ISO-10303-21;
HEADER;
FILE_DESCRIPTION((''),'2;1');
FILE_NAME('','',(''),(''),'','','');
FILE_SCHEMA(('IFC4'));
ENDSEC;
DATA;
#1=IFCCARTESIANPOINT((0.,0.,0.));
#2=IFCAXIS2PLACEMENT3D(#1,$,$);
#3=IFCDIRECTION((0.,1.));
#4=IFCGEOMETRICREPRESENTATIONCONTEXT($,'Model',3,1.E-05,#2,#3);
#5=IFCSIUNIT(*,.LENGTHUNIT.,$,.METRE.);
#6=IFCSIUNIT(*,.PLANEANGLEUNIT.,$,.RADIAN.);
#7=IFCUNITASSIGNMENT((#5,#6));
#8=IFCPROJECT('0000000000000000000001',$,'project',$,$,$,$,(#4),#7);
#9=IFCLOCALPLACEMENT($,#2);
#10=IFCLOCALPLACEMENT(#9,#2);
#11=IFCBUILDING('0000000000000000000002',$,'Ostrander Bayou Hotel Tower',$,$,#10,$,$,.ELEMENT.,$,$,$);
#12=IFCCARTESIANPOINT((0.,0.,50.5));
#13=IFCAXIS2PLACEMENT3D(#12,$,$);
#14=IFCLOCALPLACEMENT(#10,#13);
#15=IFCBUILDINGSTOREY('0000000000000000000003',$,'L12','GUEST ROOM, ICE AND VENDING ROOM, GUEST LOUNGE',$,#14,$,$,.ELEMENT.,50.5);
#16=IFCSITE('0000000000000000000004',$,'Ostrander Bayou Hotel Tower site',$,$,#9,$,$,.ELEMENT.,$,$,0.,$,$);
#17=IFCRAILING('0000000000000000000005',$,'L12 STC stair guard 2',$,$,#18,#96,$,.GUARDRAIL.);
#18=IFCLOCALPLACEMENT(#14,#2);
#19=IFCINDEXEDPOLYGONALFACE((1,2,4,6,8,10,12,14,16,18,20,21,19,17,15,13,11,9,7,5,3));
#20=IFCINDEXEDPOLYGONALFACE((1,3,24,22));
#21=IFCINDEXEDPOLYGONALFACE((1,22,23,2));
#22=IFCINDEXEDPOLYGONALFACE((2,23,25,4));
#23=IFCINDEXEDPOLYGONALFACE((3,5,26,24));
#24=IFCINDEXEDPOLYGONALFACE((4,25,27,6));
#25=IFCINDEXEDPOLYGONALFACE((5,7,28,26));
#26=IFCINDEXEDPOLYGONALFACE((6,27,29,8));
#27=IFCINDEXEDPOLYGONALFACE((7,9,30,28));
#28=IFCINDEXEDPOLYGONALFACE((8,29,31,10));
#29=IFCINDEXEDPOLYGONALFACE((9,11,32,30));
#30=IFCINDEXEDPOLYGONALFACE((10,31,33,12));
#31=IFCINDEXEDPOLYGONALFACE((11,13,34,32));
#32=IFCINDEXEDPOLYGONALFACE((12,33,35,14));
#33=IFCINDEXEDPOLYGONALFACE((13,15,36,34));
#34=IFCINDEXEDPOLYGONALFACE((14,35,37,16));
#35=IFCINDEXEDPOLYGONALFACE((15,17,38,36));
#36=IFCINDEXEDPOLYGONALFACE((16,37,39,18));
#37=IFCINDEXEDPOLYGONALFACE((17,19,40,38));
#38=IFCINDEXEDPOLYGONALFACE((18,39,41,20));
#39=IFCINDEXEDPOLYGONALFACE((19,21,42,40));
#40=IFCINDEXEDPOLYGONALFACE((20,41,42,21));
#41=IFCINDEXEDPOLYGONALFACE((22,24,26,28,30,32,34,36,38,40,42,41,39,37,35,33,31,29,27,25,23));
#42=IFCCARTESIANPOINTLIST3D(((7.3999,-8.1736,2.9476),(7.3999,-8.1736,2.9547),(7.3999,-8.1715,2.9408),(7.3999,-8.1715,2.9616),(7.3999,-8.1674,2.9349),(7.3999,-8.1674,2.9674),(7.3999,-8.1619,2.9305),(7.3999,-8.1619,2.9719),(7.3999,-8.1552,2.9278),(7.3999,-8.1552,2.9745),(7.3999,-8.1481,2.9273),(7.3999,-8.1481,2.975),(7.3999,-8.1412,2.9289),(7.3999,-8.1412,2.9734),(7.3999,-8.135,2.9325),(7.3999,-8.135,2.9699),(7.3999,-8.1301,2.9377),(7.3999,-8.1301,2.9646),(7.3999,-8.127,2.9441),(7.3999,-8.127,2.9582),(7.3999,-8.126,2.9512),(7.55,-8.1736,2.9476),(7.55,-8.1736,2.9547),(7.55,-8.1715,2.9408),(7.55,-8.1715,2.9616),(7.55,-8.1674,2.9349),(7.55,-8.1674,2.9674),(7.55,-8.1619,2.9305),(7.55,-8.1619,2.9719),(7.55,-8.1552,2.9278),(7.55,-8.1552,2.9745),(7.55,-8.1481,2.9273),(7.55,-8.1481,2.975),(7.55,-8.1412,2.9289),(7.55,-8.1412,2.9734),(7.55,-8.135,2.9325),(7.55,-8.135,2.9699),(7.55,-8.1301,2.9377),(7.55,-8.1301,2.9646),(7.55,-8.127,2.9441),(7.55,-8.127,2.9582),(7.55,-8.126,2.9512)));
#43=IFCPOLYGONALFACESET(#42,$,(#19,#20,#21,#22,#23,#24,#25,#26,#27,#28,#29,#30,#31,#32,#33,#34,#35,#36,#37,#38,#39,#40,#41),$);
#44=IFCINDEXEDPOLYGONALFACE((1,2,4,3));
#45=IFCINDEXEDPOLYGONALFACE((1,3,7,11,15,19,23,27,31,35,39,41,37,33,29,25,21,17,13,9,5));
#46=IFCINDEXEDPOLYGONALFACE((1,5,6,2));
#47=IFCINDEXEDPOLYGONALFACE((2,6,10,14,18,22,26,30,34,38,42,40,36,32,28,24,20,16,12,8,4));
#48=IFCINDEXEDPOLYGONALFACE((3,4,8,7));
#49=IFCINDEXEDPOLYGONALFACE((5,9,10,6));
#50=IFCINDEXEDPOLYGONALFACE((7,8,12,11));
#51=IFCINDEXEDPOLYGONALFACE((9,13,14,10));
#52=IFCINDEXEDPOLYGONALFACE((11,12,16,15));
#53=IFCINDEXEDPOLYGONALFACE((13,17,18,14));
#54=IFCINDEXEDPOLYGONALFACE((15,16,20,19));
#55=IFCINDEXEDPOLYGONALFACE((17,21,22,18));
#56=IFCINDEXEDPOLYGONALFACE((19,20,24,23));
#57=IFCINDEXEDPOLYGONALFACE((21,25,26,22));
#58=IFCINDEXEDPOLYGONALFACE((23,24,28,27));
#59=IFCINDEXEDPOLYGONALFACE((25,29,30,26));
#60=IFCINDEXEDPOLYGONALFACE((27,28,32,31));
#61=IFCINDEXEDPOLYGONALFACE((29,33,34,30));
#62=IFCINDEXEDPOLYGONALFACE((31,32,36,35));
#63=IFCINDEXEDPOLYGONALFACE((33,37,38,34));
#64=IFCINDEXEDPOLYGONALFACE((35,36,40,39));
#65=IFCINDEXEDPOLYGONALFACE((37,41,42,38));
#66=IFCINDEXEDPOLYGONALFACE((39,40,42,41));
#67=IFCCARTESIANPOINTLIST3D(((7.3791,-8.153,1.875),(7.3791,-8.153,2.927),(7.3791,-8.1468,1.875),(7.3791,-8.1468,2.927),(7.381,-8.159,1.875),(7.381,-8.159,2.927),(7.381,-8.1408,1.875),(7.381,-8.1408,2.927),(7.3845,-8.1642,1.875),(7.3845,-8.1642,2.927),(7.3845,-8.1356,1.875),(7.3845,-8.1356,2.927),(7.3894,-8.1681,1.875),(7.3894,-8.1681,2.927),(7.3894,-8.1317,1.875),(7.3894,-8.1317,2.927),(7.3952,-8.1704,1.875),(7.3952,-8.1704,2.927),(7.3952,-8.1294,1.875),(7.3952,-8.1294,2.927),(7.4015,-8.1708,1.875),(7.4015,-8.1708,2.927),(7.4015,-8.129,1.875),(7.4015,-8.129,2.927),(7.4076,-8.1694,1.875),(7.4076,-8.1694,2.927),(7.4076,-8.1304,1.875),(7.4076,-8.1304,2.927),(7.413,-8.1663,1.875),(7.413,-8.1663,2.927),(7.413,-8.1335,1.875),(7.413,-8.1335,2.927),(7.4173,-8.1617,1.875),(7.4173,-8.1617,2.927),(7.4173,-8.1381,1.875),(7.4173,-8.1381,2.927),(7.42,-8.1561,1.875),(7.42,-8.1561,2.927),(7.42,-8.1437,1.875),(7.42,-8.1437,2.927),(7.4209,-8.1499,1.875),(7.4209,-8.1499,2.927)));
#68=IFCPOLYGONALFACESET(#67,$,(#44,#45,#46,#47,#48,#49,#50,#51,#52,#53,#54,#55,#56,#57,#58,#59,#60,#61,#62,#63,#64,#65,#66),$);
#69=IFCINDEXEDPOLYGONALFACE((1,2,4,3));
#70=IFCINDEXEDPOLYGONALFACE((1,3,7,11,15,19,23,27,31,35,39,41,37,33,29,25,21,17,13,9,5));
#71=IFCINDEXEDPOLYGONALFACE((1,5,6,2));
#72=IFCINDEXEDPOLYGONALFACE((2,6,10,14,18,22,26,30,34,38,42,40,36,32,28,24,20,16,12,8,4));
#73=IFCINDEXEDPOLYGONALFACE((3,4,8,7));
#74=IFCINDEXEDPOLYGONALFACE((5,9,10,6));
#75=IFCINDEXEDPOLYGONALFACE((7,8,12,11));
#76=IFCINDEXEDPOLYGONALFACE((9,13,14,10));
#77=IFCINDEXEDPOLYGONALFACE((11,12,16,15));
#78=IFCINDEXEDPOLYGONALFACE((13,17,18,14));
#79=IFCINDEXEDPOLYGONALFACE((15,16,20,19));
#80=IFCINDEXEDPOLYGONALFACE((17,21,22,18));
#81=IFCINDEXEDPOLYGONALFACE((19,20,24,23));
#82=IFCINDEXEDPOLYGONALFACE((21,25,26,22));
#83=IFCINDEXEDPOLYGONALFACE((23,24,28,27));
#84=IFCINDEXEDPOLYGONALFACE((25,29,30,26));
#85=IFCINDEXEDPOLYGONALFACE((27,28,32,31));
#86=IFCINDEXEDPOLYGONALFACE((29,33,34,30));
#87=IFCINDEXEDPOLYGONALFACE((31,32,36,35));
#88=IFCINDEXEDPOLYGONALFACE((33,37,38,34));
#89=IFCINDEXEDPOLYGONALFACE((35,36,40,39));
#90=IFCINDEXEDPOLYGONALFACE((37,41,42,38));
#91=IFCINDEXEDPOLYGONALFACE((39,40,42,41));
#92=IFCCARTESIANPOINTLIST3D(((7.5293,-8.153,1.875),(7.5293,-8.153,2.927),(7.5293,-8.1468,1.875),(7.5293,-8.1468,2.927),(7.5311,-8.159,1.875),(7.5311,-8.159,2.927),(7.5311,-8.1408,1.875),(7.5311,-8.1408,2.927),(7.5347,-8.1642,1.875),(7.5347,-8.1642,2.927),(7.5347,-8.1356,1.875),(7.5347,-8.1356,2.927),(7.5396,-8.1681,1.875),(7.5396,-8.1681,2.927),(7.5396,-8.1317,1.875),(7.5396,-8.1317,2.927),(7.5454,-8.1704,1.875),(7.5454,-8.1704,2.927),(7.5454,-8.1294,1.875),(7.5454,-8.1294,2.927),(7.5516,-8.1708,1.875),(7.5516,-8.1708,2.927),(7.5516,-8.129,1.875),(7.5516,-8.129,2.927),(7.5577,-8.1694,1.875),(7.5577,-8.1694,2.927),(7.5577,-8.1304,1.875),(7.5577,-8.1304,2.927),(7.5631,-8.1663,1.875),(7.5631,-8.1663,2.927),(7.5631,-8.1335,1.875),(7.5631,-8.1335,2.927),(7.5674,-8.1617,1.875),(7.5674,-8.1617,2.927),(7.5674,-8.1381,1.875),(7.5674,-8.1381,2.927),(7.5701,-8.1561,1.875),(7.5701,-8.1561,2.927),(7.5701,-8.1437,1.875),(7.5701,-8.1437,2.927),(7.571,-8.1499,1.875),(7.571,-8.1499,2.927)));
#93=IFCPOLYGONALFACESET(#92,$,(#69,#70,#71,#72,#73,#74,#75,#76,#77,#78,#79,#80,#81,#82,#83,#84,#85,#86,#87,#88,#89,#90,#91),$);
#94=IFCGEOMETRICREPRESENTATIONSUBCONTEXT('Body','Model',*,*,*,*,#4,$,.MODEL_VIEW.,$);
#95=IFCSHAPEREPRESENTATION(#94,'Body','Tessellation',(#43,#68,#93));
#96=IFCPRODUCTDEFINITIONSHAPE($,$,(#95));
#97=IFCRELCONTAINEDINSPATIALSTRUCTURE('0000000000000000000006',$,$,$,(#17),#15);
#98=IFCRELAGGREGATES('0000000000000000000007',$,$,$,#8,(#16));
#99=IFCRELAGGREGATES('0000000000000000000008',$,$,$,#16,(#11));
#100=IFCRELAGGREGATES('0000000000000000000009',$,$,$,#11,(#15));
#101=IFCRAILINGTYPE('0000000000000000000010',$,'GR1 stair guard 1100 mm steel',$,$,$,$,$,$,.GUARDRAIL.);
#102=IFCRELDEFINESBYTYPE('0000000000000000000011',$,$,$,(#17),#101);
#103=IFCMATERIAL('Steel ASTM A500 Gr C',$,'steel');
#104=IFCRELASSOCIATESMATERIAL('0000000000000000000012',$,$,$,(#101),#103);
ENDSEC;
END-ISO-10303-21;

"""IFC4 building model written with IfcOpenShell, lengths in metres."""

from ifc_helpers import new_model, si_unit, direction, frame, origin, origin_2d, place, context, subcontext, project, spatial, circle, extrude, material, type_object, element, save


model = new_model("IFC4")

# Units and contexts
model_context = context("Model", 3, precision=1e-05, world=origin(), true_north=direction((0.0, 1.0)))
body_context = subcontext(model_context, "Body", "Model", "MODEL_VIEW")
ifc_project = project(units=[si_unit("LENGTHUNIT", "METRE"), si_unit("PLANEANGLEUNIT", "RADIAN")], contexts=[model_context])

# Site, building, storey
site_placement = place(None, origin())
site = spatial("IfcSite", under=ifc_project, at=site_placement, Name="Ostrander Bayou Hotel Tower site", CompositionType="ELEMENT", RefElevation=0.0)
building_placement = place(site_placement, origin())
building = spatial("IfcBuilding", under=site, at=building_placement, Name="Ostrander Bayou Hotel Tower", CompositionType="ELEMENT")
storey_placement = place(building_placement, frame((0.0, 0.0, 50.5)))
storey = spatial("IfcBuildingStorey", under=building, at=storey_placement, Name="L12", Description="GUEST ROOM, ICE AND VENDING ROOM, GUEST LOUNGE", CompositionType="ELEMENT", Elevation=50.5)

# Railing
ifc_material_1 = material(Name="Steel ASTM A500 Gr C", Category="steel")
railing_type_1 = type_object("IfcRailingType", Name="GR1 stair guard 1100 mm steel", PredefinedType="GUARDRAIL", material=ifc_material_1)
railing_1_placement = place(storey_placement, frame((7.3999, -8.1499, 1.875)))
element("IfcRailing", 1, at=railing_1_placement, inside=storey, type_object=railing_type_1, Name="L12 STC stair guard 2", PredefinedType="GUARDRAIL", context=body_context, shape_type="SweptSolid", body=[
    extrude(circle(Radius=0.0239, at=origin_2d()), frame((0.0, 0.0, 1.0762), z_axis=(1.0, 0.0, 0.0), x_axis=(0.0, 1.0, 0.0)), (0.0, 0.0, 1.0), 0.1501),
    extrude(circle(Radius=0.021, at=origin_2d()), origin(), (0.0, 0.0, 1.0), 1.052),
    extrude(circle(Radius=0.021, at=origin_2d()), frame((0.1501, 0.0, 0.0)), (0.0, 0.0, 1.0), 1.052),
])

save(model, "model.ifc")
